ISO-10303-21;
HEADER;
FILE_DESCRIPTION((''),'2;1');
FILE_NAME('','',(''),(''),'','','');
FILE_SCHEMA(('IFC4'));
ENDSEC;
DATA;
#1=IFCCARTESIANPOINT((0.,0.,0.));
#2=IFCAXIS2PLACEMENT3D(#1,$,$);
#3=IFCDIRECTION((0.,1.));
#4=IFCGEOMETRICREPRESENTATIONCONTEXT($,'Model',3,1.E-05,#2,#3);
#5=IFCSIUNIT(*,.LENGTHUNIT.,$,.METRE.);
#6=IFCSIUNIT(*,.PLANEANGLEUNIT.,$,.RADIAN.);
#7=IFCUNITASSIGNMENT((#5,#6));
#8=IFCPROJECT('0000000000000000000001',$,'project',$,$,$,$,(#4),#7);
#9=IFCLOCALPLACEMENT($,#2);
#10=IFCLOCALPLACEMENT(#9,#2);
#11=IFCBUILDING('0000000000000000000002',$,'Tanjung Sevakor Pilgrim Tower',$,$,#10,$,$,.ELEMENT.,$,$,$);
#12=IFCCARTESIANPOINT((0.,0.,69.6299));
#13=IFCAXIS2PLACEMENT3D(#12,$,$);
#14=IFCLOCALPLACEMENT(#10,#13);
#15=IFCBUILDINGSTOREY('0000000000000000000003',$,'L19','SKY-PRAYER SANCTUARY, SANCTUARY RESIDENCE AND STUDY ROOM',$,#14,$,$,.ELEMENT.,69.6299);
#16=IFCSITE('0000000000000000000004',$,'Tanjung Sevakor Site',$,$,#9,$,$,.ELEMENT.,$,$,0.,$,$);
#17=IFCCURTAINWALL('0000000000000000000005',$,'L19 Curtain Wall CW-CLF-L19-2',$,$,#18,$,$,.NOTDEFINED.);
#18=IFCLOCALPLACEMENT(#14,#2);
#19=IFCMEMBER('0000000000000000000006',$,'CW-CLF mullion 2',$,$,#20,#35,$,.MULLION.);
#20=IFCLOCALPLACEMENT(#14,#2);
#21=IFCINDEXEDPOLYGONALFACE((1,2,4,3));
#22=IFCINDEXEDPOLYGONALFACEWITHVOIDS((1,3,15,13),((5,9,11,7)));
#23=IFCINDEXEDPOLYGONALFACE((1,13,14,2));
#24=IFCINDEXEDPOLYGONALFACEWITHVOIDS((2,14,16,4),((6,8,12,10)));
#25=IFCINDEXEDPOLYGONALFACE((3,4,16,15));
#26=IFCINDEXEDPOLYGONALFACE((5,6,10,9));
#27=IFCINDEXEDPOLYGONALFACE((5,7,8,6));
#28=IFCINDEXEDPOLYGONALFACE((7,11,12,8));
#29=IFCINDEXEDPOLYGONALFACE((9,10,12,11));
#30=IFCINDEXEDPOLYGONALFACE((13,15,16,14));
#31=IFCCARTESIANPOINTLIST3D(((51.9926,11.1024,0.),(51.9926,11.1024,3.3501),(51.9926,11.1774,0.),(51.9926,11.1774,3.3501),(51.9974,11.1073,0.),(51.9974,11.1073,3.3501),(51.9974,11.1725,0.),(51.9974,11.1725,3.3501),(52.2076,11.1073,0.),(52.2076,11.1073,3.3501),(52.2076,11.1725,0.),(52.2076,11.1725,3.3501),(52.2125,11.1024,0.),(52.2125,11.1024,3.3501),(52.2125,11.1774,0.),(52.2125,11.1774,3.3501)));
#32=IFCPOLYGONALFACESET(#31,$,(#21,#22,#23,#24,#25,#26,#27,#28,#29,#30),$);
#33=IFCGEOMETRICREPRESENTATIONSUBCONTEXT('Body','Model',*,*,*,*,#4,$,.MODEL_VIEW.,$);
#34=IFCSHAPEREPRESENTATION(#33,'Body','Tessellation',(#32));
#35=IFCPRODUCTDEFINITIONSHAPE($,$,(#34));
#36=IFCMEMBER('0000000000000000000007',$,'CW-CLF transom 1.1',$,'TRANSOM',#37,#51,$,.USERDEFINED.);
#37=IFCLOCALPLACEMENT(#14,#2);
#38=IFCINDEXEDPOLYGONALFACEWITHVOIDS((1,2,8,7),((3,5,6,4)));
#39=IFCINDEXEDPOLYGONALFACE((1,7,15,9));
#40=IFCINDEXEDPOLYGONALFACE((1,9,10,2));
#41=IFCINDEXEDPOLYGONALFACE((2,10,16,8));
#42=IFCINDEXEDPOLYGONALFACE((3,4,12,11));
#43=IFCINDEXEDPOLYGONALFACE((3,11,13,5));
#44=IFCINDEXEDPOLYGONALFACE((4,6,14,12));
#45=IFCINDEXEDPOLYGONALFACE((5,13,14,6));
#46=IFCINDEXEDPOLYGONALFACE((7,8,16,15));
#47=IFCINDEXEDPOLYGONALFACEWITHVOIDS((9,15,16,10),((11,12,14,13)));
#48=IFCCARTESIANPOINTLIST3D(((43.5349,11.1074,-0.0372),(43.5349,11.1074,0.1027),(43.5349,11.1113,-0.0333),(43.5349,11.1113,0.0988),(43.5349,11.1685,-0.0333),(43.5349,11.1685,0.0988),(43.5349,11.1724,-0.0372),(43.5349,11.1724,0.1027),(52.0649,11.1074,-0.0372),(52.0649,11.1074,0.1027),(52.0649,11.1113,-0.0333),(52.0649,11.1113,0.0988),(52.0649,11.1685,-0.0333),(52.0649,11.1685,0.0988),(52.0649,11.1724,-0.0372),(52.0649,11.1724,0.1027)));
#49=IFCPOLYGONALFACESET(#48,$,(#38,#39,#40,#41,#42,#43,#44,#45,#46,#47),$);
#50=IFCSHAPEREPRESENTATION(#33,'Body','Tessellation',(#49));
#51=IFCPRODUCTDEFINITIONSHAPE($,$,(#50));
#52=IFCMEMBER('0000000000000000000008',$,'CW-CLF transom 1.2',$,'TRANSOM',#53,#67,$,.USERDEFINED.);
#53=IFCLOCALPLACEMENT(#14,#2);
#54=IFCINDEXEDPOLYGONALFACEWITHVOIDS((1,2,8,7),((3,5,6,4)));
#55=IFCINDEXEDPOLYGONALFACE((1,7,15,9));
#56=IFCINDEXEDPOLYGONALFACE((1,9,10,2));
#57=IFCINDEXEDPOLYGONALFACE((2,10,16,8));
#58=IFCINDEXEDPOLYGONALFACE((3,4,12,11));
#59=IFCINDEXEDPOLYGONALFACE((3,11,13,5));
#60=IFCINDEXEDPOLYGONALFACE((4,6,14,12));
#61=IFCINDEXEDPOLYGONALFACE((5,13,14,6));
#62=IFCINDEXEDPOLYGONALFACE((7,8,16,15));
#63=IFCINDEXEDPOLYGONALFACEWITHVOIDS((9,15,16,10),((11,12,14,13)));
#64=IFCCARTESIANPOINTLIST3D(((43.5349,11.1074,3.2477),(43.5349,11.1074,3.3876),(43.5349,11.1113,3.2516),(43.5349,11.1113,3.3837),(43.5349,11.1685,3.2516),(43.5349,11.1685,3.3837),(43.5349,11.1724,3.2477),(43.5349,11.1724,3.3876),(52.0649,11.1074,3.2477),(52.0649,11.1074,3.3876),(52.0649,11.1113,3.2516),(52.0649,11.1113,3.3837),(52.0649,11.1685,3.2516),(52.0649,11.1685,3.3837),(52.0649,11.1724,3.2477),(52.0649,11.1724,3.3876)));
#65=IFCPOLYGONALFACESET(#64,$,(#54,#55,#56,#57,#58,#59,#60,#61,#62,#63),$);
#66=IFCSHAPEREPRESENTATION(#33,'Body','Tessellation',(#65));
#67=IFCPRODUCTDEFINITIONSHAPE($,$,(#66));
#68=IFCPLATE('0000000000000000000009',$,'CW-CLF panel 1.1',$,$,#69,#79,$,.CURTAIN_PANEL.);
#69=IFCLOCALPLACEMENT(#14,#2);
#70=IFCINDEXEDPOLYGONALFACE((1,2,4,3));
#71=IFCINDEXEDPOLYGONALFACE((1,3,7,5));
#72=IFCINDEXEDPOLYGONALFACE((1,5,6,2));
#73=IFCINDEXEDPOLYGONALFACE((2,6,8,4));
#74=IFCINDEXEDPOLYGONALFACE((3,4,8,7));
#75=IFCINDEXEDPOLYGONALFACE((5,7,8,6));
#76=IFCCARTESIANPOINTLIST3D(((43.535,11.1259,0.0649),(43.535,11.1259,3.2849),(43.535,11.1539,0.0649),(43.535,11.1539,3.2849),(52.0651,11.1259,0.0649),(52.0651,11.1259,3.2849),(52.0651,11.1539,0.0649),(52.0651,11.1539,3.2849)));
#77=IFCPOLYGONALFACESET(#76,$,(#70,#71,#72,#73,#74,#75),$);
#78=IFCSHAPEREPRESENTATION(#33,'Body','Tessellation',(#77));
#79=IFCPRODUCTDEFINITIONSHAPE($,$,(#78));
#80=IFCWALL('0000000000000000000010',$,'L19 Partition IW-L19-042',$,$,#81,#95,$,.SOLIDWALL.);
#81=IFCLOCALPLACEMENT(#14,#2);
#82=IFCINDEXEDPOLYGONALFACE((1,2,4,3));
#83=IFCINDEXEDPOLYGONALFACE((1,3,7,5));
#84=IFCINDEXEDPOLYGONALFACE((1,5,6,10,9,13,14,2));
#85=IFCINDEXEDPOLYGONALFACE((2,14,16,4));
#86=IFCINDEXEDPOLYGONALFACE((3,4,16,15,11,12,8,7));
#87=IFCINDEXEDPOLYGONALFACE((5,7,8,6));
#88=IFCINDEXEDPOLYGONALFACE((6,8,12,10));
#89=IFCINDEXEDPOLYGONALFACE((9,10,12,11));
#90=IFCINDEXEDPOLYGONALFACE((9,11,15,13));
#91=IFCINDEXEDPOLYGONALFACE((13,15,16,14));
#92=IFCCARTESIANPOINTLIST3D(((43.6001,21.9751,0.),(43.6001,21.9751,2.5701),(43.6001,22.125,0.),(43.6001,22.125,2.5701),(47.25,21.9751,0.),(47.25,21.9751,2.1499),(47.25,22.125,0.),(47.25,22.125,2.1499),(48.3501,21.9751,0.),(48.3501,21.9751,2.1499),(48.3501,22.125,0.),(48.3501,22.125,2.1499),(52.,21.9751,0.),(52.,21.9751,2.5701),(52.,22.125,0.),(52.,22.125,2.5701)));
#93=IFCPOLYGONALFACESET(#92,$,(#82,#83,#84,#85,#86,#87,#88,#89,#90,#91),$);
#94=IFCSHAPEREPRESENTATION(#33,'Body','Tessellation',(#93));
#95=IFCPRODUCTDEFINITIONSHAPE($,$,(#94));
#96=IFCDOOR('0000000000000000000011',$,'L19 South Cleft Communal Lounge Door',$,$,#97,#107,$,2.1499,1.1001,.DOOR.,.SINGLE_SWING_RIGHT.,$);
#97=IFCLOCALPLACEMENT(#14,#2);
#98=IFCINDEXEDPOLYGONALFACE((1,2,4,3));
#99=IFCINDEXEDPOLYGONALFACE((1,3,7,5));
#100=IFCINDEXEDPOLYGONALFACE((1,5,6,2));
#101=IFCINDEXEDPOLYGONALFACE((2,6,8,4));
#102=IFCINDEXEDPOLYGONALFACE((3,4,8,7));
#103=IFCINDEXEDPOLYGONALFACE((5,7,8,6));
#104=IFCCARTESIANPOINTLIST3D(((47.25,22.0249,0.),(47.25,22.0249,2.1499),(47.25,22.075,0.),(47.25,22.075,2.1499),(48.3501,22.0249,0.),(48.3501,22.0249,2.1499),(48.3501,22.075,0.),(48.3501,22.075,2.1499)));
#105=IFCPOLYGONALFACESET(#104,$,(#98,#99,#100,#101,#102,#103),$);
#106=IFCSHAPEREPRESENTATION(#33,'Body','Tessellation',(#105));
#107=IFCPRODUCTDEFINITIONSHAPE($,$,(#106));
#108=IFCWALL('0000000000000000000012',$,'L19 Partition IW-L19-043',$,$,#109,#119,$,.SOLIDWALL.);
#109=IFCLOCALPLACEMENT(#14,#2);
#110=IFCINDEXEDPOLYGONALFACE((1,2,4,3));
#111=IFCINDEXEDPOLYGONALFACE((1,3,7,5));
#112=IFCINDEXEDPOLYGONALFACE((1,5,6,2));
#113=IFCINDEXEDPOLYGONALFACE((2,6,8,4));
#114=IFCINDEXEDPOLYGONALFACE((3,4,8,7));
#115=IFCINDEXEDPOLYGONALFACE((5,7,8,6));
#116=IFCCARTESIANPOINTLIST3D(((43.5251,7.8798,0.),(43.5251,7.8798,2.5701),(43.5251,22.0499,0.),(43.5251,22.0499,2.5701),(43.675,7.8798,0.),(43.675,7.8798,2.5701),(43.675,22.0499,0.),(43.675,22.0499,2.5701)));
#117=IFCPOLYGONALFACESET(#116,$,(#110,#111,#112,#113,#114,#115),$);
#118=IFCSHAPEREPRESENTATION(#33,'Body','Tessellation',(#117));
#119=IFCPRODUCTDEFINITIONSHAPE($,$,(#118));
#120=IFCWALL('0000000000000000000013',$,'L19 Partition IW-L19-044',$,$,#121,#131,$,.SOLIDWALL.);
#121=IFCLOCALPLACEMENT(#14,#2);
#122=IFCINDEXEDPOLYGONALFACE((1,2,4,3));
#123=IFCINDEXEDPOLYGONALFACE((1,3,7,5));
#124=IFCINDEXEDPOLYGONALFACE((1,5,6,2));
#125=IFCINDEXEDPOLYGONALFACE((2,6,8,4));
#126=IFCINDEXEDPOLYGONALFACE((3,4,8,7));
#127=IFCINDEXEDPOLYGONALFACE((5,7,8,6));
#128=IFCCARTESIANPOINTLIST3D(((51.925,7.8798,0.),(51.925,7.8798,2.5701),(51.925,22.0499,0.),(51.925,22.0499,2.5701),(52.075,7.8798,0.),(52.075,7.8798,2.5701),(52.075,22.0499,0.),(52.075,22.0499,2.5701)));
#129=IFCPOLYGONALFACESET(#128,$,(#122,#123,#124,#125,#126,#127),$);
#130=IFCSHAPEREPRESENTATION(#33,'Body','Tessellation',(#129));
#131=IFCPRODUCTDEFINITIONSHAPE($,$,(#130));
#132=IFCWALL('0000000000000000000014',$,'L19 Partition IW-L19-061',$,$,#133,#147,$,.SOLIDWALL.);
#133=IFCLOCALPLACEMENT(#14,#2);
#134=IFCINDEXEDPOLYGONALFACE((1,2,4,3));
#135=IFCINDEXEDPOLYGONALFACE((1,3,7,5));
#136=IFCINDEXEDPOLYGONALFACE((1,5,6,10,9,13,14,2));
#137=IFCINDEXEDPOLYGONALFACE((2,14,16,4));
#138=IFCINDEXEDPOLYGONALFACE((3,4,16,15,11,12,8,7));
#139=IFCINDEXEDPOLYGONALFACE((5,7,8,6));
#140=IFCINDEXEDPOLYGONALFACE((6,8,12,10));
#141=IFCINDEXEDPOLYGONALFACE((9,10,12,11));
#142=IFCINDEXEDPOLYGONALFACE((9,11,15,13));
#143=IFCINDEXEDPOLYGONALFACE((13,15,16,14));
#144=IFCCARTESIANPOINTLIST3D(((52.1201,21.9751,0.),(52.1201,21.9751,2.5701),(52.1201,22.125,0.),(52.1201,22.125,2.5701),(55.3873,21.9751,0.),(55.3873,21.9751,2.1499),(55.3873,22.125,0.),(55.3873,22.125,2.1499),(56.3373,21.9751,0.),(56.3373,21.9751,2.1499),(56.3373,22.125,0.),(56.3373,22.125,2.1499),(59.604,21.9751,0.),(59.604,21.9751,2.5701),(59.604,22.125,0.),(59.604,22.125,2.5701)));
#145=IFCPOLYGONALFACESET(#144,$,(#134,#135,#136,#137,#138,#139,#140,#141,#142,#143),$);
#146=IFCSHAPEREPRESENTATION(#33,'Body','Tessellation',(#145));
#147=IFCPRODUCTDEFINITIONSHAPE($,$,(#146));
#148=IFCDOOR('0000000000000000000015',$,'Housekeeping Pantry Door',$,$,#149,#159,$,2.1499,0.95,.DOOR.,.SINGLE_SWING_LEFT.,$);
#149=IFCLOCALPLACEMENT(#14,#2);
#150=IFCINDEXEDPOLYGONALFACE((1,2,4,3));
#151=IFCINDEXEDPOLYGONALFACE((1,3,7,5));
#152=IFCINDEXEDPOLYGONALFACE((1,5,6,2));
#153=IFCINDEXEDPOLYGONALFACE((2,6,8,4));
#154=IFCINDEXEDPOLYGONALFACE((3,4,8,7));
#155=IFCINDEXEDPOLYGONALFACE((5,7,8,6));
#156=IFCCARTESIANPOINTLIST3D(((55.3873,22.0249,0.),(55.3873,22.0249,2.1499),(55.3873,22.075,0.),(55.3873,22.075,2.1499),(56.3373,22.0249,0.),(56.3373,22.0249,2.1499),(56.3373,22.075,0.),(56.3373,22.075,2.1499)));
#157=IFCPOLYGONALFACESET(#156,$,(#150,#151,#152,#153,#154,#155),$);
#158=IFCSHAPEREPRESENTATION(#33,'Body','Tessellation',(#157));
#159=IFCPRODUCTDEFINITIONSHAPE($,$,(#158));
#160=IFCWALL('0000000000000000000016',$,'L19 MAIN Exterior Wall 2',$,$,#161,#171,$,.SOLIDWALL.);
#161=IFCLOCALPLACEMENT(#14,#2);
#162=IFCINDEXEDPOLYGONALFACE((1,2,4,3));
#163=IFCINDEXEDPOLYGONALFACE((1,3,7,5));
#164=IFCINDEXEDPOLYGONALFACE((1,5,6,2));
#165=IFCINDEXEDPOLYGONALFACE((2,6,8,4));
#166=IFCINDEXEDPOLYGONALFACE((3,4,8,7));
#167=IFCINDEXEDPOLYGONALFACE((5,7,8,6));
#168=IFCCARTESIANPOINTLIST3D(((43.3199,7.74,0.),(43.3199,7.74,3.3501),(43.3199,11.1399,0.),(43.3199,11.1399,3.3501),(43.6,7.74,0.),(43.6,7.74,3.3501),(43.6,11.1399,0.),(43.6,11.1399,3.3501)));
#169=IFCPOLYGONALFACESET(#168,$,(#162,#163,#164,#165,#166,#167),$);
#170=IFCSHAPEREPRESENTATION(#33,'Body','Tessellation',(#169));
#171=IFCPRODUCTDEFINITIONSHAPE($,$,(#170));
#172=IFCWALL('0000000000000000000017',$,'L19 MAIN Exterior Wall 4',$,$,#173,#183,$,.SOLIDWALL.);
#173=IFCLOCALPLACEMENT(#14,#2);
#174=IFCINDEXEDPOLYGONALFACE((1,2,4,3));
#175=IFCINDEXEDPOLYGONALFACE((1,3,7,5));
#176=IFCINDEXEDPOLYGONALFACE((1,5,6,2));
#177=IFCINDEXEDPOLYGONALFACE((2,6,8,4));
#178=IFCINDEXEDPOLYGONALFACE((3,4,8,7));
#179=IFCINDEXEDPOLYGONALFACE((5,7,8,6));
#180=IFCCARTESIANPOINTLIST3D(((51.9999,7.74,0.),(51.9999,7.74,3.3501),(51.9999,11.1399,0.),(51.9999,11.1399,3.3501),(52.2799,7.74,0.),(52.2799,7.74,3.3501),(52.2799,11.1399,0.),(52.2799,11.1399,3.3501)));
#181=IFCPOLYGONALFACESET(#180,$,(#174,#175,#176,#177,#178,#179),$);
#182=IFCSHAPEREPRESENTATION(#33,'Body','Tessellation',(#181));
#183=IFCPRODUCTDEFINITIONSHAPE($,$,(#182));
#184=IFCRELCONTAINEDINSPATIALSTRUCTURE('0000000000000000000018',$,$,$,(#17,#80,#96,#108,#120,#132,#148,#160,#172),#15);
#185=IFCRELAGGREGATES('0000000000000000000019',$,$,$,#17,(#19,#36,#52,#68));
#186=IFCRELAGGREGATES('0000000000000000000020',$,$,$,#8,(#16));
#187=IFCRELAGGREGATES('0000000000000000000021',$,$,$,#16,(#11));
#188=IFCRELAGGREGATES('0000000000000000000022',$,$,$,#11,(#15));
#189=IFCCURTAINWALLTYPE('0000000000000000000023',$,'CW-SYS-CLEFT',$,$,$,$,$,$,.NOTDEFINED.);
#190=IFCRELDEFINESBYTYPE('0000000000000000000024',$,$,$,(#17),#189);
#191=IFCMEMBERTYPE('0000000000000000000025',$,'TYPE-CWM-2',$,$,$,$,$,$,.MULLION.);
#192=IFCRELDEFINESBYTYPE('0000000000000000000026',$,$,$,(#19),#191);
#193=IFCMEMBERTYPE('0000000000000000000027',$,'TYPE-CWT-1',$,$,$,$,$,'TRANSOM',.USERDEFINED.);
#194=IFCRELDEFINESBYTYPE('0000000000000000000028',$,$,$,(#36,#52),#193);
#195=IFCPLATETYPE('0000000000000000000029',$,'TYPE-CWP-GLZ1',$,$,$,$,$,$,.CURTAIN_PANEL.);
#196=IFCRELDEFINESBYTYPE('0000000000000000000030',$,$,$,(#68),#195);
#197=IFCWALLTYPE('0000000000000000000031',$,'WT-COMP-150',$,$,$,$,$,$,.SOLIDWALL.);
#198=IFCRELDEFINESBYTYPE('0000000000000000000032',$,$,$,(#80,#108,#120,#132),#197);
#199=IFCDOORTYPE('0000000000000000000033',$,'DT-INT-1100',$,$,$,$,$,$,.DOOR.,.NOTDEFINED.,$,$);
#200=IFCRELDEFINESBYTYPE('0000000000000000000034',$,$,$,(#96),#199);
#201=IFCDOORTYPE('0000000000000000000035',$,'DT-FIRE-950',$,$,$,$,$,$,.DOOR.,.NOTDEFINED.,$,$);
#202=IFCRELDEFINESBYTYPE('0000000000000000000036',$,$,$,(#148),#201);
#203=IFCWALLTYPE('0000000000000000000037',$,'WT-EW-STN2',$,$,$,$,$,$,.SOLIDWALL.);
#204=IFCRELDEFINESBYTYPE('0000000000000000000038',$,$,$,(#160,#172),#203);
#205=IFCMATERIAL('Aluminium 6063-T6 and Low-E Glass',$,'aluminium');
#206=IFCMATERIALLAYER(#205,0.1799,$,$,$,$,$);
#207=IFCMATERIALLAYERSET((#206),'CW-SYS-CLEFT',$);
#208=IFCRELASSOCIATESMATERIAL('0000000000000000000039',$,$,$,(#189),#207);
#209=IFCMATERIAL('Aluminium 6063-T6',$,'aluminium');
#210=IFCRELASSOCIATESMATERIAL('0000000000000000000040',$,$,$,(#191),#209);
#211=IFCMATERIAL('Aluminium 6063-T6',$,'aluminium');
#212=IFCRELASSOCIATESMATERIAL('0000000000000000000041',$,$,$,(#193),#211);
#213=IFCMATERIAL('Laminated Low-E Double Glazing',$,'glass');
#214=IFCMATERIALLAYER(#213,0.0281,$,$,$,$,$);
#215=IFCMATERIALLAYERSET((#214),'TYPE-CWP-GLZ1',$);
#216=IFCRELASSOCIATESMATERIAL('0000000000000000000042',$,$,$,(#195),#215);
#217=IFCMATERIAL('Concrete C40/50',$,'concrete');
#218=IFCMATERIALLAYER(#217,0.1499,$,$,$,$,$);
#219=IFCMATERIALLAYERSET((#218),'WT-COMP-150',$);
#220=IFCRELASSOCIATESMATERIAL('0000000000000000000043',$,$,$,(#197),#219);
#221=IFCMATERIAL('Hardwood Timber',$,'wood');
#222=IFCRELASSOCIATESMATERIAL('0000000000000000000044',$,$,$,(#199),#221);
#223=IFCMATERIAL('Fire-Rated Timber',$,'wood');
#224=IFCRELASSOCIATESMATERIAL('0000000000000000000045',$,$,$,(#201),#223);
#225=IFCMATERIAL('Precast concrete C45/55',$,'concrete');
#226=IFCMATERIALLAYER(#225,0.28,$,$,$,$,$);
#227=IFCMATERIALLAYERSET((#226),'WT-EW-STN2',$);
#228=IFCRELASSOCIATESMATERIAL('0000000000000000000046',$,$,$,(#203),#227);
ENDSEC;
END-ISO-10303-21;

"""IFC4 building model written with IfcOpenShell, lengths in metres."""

from ifc_helpers import new_model, si_unit, direction, frame, frame_2d, origin, origin_2d, place, context, subcontext, project, spatial, rectangle, hollow_rectangle, extrude, material, layer, layer_set, material_profile, profile_set, type_object, element, fill, aggregate, save


model = new_model("IFC4")

# Units and contexts
model_context = context("Model", 3, precision=1e-05, world=origin(), true_north=direction((0.0, 1.0)))
body_context = subcontext(model_context, "Body", "Model", "MODEL_VIEW")
ifc_project = project(units=[si_unit("LENGTHUNIT", "METRE"), si_unit("PLANEANGLEUNIT", "RADIAN")], contexts=[model_context])

# Site, building, storey
site_placement = place(None, origin())
site = spatial("IfcSite", under=ifc_project, at=site_placement, Name="Tanjung Sevakor Site", CompositionType="ELEMENT", RefElevation=0.0)
building_placement = place(site_placement, origin())
building = spatial("IfcBuilding", under=site, at=building_placement, Name="Tanjung Sevakor Pilgrim Tower", CompositionType="ELEMENT")
storey_placement = place(building_placement, frame((0.0, 0.0, 69.6299)))
storey = spatial("IfcBuildingStorey", under=building, at=storey_placement, Name="L19", Description="SKY-PRAYER SANCTUARY, SANCTUARY RESIDENCE AND STUDY ROOM", CompositionType="ELEMENT", Elevation=69.6299)

# Curtain wall, members, plate
ifc_material_1 = material(Name="Aluminium 6063-T6 and Low-E Glass", Category="aluminium")
ifc_layer_1 = layer(ifc_material_1, 0.1799)
ifc_layer_set_1 = layer_set([ifc_layer_1], Name="CW-SYS-CLEFT")
curtain_wall_type = type_object("IfcCurtainWallType", Name="CW-SYS-CLEFT", PredefinedType="NOTDEFINED", material=ifc_layer_set_1)
curtain_wall_placement = place(storey_placement, origin())
curtain_wall = element("IfcCurtainWall", 1, at=curtain_wall_placement, inside=storey, type_object=curtain_wall_type, Name="L19 Curtain Wall CW-CLF-L19-2", PredefinedType="NOTDEFINED")
ifc_material_2 = material(Name="Aluminium 6063-T6", Category="aluminium")
ifc_material_profile_1 = material_profile(ifc_material_2, hollow_rectangle(XDim=0.075, YDim=0.22, WallThickness=0.0049, at=origin_2d()))
ifc_profile_set_1 = profile_set([ifc_material_profile_1], Name="Aluminium 6063-T6")
member_type_1 = type_object("IfcMemberType", Name="TYPE-CWM-2", PredefinedType="MULLION", material=ifc_profile_set_1)
member_1_placement = place(storey_placement, frame((52.1025, 11.1399, 0.0), z_axis=(0.0, 0.0, 1.0), x_axis=(0.0, 1.0, 0.0)))
member_1 = element("IfcMember", 2, at=member_1_placement, type_object=member_type_1, Name="CW-CLF mullion 2", PredefinedType="MULLION", context=body_context, shape_type="SweptSolid", body=[
    extrude(hollow_rectangle(XDim=0.075, YDim=0.22, WallThickness=0.0049, at=origin_2d()), origin(), (0.0, 0.0, 1.0), 3.3501),
])
ifc_material_3 = material(Name="Aluminium 6063-T6", Category="aluminium")
ifc_material_profile_2 = material_profile(ifc_material_3, hollow_rectangle(XDim=0.0649, YDim=0.1399, WallThickness=0.0039, at=origin_2d()))
ifc_profile_set_2 = profile_set([ifc_material_profile_2], Name="Aluminium 6063-T6")
member_type_2 = type_object("IfcMemberType", Name="TYPE-CWT-1", ElementType="TRANSOM", PredefinedType="USERDEFINED", material=ifc_profile_set_2)
member_2_placement = place(storey_placement, frame((43.5349, 11.1399, 0.0327), z_axis=(1.0, 0.0, 0.0), x_axis=(0.0, 1.0, 0.0)))
member_2 = element("IfcMember", 3, at=member_2_placement, type_object=member_type_2, Name="CW-CLF transom 1.1", ObjectType="TRANSOM", PredefinedType="USERDEFINED", context=body_context, shape_type="SweptSolid", body=[
    extrude(hollow_rectangle(XDim=0.0649, YDim=0.1399, WallThickness=0.0039, at=origin_2d()), origin(), (0.0, 0.0, 1.0), 8.53),
])
member_3_placement = place(storey_placement, frame((43.5349, 11.1399, 3.3176), z_axis=(1.0, 0.0, 0.0), x_axis=(0.0, 1.0, 0.0)))
member_3 = element("IfcMember", 4, at=member_3_placement, type_object=member_type_2, Name="CW-CLF transom 1.2", ObjectType="TRANSOM", PredefinedType="USERDEFINED", context=body_context, shape_type="SweptSolid", body=[
    extrude(hollow_rectangle(XDim=0.0649, YDim=0.1399, WallThickness=0.0039, at=origin_2d()), origin(), (0.0, 0.0, 1.0), 8.53),
])
ifc_material_4 = material(Name="Laminated Low-E Double Glazing", Category="glass")
ifc_layer_2 = layer(ifc_material_4, 0.0281)
ifc_layer_set_2 = layer_set([ifc_layer_2], Name="TYPE-CWP-GLZ1")
plate_type = type_object("IfcPlateType", Name="TYPE-CWP-GLZ1", PredefinedType="CURTAIN_PANEL", material=ifc_layer_set_2)
plate_placement = place(storey_placement, frame((47.8, 11.1399, 0.0649), z_axis=(0.0, 0.0, 1.0), x_axis=(1.0, 0.0, 0.0)))
plate = element("IfcPlate", 5, at=plate_placement, type_object=plate_type, Name="CW-CLF panel 1.1", PredefinedType="CURTAIN_PANEL", context=body_context, shape_type="SweptSolid", body=[
    extrude(rectangle(XDim=8.53, YDim=0.0281, at=origin_2d()), origin(), (0.0, 0.0, 1.0), 3.22),
])
aggregate(curtain_wall, [member_1, member_2, member_3, plate])

# Wall, opening, door
ifc_material_5 = material(Name="Concrete C40/50", Category="concrete")
ifc_layer_3 = layer(ifc_material_5, 0.1499)
ifc_layer_set_3 = layer_set([ifc_layer_3], Name="WT-COMP-150")
wall_type_1 = type_object("IfcWallType", Name="WT-COMP-150", PredefinedType="SOLIDWALL", material=ifc_layer_set_3)
wall_1_placement = place(storey_placement, frame((43.6001, 22.05, 0.0), z_axis=(0.0, 0.0, 1.0), x_axis=(1.0, 0.0, 0.0)))
wall_1 = element("IfcWall", 6, at=wall_1_placement, inside=storey, type_object=wall_type_1, Name="L19 Partition IW-L19-042", PredefinedType="SOLIDWALL", context=body_context, shape_type="SweptSolid", body=[
    extrude(rectangle(XDim=8.3999, YDim=0.1499, at=frame_2d((4.2, 0.0))), origin(), (0.0, 0.0, 1.0), 2.5701),
])
opening_1_placement = place(wall_1_placement, frame((3.6499, 0.0, 0.0)))
opening_1 = element("IfcOpeningElement", 7, at=opening_1_placement, cuts=wall_1, PredefinedType="OPENING", context=body_context, shape_type="SweptSolid", body=[
    extrude(rectangle(XDim=1.1001, YDim=2.1499, at=frame_2d((0.55, 1.075))), frame((0.0, 0.085, 0.0), z_axis=(0.0, -1.0, 0.0), x_axis=(1.0, 0.0, 0.0)), (0.0, 0.0, 1.0), 0.1699),
])
ifc_material_6 = material(Name="Hardwood Timber", Category="wood")
door_type_1 = type_object("IfcDoorType", Name="DT-INT-1100", OperationType="NOTDEFINED", PredefinedType="DOOR", material=ifc_material_6)
door_1_placement = place(opening_1_placement, origin())
door_1 = element("IfcDoor", 8, at=door_1_placement, inside=storey, type_object=door_type_1, Name="L19 South Cleft Communal Lounge Door", OperationType="SINGLE_SWING_RIGHT", OverallHeight=2.1499, OverallWidth=1.1001, PredefinedType="DOOR", context=body_context, shape_type="SweptSolid", body=[
    extrude(rectangle(XDim=1.1001, YDim=2.1499, at=frame_2d((0.55, 1.075))), frame((0.0, 0.0249, 0.0), z_axis=(0.0, -1.0, 0.0), x_axis=(1.0, 0.0, 0.0)), (0.0, 0.0, 1.0), 0.05),
])
fill(opening_1, door_1)

# Walls
for number, where, z_axis, x_axis, name in (
    (9, (43.6001, 7.8799, 0.0), (0.0, 0.0, 1.0), (0.0, 1.0, 0.0), "L19 Partition IW-L19-043"),
    (10, (52.0, 7.8799, 0.0), (0.0, 0.0, 1.0), (0.0, 1.0, 0.0), "L19 Partition IW-L19-044"),
):
    element("IfcWall", number, at=place(storey_placement, frame(where, z_axis=z_axis, x_axis=x_axis)), inside=storey, type_object=wall_type_1, Name=name, PredefinedType="SOLIDWALL", context=body_context, shape_type="SweptSolid", body=[
        extrude(rectangle(XDim=14.1702, YDim=0.1499, at=frame_2d((7.085, 0.0))), origin(), (0.0, 0.0, 1.0), 2.5701),
    ])

# Wall, opening, door
wall_2_placement = place(storey_placement, frame((52.1201, 22.05, 0.0), z_axis=(0.0, 0.0, 1.0), x_axis=(1.0, 0.0, 0.0)))
wall_2 = element("IfcWall", 11, at=wall_2_placement, inside=storey, type_object=wall_type_1, Name="L19 Partition IW-L19-061", PredefinedType="SOLIDWALL", context=body_context, shape_type="SweptSolid", body=[
    extrude(rectangle(XDim=7.4839, YDim=0.1499, at=frame_2d((3.7419, 0.0))), origin(), (0.0, 0.0, 1.0), 2.5701),
])
opening_2_placement = place(wall_2_placement, frame((3.2671, 0.0, 0.0)))
opening_2 = element("IfcOpeningElement", 12, at=opening_2_placement, cuts=wall_2, PredefinedType="OPENING", context=body_context, shape_type="SweptSolid", body=[
    extrude(rectangle(XDim=0.95, YDim=2.1499, at=frame_2d((0.4751, 1.075))), frame((0.0, 0.085, 0.0), z_axis=(0.0, -1.0, 0.0), x_axis=(1.0, 0.0, 0.0)), (0.0, 0.0, 1.0), 0.1699),
])
ifc_material_7 = material(Name="Fire-Rated Timber", Category="wood")
door_type_2 = type_object("IfcDoorType", Name="DT-FIRE-950", OperationType="NOTDEFINED", PredefinedType="DOOR", material=ifc_material_7)
door_2_placement = place(opening_2_placement, origin())
door_2 = element("IfcDoor", 13, at=door_2_placement, inside=storey, type_object=door_type_2, Name="Housekeeping Pantry Door", OperationType="SINGLE_SWING_LEFT", OverallHeight=2.1499, OverallWidth=0.95, PredefinedType="DOOR", context=body_context, shape_type="SweptSolid", body=[
    extrude(rectangle(XDim=0.95, YDim=2.1499, at=frame_2d((0.4751, 1.075))), frame((0.0, 0.0249, 0.0), z_axis=(0.0, -1.0, 0.0), x_axis=(1.0, 0.0, 0.0)), (0.0, 0.0, 1.0), 0.05),
])
fill(opening_2, door_2)

# Walls
ifc_material_8 = material(Name="Precast concrete C45/55", Category="concrete")
ifc_layer_4 = layer(ifc_material_8, 0.28)
ifc_layer_set_4 = layer_set([ifc_layer_4], Name="WT-EW-STN2")
wall_type_2 = type_object("IfcWallType", Name="WT-EW-STN2", PredefinedType="SOLIDWALL", material=ifc_layer_set_4)
for number, where, z_axis, x_axis, name in (
    (14, (43.46, 7.74, 0.0), (0.0, 0.0, 1.0), (0.0, 1.0, 0.0), "L19 MAIN Exterior Wall 2"),
    (15, (52.1399, 11.1399, 0.0), (0.0, 0.0, 1.0), (0.0, -1.0, 0.0), "L19 MAIN Exterior Wall 4"),
):
    element("IfcWall", number, at=place(storey_placement, frame(where, z_axis=z_axis, x_axis=x_axis)), inside=storey, type_object=wall_type_2, Name=name, PredefinedType="SOLIDWALL", context=body_context, shape_type="SweptSolid", body=[
        extrude(rectangle(XDim=3.3999, YDim=0.28, at=frame_2d((1.7, 0.0))), origin(), (0.0, 0.0, 1.0), 3.3501),
    ])

save(model, "model.ifc")
